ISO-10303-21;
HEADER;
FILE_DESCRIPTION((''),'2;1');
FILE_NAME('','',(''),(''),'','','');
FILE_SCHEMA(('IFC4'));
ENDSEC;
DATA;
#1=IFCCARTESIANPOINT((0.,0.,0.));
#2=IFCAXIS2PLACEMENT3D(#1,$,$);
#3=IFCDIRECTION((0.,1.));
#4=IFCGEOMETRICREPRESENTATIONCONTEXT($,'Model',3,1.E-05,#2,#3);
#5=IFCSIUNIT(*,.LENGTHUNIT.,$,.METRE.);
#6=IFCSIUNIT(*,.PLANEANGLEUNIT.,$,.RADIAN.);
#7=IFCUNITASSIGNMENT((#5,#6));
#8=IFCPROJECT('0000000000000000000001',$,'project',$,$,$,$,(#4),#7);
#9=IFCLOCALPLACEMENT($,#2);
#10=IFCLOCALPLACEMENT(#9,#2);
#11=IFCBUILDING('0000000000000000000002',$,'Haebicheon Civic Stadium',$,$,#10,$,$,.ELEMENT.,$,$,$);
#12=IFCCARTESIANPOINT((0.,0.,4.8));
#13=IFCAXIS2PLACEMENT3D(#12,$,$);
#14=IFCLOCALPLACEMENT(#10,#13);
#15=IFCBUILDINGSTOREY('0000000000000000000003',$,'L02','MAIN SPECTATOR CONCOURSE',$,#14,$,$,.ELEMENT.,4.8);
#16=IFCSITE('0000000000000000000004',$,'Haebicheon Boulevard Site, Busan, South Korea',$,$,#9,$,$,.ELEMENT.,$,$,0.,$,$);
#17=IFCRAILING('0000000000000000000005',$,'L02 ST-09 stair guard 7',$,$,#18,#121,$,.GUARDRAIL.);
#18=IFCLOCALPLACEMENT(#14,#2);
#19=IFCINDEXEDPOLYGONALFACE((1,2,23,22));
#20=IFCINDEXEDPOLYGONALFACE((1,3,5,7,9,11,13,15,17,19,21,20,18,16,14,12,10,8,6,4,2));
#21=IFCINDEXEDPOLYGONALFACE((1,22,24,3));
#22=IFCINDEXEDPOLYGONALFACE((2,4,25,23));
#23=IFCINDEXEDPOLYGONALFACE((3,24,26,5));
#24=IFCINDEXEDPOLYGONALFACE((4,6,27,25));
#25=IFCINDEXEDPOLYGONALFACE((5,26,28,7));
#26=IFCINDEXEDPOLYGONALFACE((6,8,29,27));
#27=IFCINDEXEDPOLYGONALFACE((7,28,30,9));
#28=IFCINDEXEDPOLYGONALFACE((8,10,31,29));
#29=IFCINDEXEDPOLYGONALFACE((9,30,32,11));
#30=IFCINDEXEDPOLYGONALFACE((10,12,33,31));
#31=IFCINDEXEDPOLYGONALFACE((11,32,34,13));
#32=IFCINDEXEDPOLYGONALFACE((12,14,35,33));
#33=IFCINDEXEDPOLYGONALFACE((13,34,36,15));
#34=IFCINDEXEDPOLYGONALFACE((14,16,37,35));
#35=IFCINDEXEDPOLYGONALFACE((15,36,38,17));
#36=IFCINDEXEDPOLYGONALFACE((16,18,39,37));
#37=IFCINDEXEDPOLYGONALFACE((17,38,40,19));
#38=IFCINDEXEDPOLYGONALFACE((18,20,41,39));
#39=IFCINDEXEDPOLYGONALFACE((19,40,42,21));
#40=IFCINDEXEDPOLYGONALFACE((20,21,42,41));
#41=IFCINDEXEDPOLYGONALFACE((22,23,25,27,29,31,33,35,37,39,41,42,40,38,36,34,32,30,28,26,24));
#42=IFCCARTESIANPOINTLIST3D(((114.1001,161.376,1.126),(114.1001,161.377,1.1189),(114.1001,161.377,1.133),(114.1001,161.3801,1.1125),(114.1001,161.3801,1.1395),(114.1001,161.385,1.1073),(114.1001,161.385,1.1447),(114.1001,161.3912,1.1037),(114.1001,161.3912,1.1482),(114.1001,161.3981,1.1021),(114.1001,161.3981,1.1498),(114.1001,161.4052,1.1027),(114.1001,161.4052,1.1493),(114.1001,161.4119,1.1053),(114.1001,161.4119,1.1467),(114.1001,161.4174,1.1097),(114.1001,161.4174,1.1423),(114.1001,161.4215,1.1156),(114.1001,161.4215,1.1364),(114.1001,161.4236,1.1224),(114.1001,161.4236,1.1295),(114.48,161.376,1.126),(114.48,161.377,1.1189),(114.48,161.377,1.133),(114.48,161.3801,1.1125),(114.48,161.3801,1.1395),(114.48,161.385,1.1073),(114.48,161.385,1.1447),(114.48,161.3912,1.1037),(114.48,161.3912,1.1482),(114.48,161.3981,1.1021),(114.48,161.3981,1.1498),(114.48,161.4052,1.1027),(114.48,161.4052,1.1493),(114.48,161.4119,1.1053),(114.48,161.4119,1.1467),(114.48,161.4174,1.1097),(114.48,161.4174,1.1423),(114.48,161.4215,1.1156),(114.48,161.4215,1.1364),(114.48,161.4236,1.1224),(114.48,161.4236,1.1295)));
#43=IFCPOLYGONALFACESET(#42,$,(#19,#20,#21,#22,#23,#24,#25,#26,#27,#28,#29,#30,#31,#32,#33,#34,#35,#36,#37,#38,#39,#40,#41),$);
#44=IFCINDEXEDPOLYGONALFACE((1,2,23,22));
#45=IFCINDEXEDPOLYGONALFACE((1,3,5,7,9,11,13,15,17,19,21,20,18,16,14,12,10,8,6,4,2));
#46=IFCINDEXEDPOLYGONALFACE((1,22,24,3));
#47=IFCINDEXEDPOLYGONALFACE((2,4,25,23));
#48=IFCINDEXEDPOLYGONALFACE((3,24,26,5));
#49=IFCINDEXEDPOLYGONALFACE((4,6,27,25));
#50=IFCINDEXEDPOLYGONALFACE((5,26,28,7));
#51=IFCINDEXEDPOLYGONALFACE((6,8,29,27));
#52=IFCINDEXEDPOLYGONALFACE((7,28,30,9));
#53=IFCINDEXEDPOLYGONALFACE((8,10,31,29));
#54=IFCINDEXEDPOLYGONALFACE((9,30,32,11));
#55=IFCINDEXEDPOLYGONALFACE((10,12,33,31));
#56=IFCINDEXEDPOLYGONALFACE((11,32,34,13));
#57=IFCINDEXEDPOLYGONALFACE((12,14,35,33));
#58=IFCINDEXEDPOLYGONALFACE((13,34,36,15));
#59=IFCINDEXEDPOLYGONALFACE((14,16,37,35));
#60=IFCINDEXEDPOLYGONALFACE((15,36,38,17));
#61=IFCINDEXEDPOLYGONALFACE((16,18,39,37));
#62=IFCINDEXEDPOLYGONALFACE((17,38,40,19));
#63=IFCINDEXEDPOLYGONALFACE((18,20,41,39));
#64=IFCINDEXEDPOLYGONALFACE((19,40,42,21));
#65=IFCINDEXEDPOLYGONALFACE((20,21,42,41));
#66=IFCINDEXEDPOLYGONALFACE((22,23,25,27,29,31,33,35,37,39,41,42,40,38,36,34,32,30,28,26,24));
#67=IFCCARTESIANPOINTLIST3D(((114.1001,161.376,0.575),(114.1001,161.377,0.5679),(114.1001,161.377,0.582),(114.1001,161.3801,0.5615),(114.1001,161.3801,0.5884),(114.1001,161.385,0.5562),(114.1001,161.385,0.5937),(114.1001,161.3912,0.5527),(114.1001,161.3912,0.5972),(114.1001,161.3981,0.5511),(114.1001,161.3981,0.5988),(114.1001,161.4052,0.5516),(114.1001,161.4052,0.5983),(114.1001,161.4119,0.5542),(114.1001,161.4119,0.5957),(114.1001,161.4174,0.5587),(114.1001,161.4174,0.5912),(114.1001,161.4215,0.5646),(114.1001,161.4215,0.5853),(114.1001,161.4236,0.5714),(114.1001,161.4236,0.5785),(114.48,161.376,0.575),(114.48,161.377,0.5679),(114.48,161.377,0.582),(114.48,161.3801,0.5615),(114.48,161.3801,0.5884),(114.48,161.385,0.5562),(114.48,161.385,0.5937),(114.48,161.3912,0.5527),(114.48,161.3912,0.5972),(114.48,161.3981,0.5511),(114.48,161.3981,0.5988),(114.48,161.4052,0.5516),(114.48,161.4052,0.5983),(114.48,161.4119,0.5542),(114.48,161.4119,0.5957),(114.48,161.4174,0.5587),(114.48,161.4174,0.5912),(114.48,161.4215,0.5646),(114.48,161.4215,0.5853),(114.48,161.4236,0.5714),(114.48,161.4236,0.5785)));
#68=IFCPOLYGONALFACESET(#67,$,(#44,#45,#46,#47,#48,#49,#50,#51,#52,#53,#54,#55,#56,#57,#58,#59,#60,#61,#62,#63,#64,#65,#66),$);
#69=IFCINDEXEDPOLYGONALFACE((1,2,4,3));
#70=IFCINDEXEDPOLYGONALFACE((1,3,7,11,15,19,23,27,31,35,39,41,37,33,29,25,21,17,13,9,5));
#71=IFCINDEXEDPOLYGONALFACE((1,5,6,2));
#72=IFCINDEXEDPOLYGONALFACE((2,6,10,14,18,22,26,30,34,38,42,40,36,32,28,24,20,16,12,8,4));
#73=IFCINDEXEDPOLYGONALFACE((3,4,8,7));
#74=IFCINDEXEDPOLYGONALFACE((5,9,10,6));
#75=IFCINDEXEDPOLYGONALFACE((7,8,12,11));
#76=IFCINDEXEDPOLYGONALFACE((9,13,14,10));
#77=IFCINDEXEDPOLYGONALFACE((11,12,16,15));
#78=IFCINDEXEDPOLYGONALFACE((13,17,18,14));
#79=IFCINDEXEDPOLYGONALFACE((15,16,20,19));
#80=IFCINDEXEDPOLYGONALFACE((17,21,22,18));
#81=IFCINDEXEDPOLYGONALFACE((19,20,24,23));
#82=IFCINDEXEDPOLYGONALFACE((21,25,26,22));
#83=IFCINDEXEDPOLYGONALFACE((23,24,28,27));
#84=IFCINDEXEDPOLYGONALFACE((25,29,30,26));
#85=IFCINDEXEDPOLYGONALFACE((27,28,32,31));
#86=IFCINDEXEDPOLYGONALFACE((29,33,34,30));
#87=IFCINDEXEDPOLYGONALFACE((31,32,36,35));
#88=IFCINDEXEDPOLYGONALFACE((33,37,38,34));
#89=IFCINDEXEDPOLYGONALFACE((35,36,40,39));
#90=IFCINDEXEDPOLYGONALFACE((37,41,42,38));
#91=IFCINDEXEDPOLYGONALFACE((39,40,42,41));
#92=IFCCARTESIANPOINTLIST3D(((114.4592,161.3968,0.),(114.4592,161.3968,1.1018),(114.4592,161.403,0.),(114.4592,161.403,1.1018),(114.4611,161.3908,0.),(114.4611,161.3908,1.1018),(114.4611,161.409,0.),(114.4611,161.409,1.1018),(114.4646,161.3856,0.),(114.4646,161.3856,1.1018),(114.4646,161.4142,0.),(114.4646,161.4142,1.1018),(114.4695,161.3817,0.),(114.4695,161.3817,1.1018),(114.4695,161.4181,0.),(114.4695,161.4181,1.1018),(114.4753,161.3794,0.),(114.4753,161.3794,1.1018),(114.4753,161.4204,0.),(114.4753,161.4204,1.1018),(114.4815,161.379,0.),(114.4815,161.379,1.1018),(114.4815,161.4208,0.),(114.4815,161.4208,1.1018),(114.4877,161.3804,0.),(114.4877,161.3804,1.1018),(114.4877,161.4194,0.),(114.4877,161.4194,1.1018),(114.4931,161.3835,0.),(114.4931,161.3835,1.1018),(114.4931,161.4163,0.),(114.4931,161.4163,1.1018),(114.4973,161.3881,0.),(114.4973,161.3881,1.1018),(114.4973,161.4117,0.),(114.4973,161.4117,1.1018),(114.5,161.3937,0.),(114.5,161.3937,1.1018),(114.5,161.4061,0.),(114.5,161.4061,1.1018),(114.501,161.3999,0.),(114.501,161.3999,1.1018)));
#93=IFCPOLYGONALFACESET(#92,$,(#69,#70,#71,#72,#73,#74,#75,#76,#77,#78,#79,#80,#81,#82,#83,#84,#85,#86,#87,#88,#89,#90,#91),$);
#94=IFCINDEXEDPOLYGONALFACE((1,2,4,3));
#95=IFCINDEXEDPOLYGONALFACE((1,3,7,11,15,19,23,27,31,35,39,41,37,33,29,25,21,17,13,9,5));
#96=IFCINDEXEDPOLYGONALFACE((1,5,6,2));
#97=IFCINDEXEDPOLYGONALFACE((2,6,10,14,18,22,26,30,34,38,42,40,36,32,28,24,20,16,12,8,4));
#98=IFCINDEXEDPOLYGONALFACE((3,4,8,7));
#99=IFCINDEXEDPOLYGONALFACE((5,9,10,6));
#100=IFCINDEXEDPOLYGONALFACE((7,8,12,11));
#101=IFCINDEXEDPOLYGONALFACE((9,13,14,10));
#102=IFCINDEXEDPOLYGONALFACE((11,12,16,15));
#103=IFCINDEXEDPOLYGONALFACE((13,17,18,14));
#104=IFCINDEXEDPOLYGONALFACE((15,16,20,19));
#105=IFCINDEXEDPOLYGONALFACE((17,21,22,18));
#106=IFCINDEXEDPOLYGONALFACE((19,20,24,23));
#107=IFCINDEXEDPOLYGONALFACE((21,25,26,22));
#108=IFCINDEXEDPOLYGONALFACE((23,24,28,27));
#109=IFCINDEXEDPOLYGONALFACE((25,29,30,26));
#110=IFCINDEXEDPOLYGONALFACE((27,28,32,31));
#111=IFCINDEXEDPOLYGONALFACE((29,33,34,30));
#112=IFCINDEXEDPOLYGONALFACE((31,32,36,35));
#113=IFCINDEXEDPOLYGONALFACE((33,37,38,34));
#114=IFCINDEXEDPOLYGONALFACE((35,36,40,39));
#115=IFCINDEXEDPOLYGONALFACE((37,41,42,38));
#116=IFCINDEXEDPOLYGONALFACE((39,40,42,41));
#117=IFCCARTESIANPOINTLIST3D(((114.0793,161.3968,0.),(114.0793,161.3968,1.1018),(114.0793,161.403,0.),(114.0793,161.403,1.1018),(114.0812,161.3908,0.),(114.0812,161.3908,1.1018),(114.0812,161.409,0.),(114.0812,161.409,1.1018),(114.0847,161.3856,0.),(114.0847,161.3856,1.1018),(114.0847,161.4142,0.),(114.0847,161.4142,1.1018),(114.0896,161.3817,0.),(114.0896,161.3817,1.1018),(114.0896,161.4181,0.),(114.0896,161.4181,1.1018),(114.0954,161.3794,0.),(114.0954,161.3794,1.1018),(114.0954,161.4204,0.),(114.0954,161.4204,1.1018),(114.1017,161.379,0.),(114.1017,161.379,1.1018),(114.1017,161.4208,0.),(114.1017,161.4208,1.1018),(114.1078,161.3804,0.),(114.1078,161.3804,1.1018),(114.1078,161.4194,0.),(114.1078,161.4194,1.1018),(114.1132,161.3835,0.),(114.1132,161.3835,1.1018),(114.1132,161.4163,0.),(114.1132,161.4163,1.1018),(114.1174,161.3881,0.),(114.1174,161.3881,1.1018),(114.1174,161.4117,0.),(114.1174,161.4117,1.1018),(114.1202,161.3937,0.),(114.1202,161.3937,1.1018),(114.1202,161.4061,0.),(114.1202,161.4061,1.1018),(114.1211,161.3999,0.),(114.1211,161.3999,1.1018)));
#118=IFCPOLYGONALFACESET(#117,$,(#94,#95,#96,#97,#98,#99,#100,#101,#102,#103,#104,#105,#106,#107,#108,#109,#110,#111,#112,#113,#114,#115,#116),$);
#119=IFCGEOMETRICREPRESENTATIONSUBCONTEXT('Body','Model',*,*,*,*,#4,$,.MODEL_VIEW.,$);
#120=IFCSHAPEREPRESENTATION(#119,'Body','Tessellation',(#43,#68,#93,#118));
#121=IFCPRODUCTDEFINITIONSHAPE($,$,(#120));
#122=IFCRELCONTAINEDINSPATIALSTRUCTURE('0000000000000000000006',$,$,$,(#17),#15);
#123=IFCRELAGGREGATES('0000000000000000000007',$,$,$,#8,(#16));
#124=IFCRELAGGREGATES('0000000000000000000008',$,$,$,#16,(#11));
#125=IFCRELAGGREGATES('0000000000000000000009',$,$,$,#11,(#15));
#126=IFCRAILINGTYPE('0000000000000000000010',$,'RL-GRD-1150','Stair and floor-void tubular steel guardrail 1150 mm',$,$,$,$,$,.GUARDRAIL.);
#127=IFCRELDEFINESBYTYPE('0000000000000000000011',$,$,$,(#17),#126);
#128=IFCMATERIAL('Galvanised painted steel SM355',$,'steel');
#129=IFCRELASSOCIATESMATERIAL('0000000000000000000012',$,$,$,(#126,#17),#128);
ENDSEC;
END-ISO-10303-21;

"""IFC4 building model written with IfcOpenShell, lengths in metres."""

from ifc_helpers import new_model, si_unit, direction, frame, origin, origin_2d, place, context, subcontext, project, spatial, circle, extrude, material, type_object, element, save


model = new_model("IFC4")

# Units and contexts
model_context = context("Model", 3, precision=1e-05, world=origin(), true_north=direction((0.0, 1.0)))
body_context = subcontext(model_context, "Body", "Model", "MODEL_VIEW")
ifc_project = project(units=[si_unit("LENGTHUNIT", "METRE"), si_unit("PLANEANGLEUNIT", "RADIAN")], contexts=[model_context])

# Site, building, storey
site_placement = place(None, origin())
site = spatial("IfcSite", under=ifc_project, at=site_placement, Name="Haebicheon Boulevard Site, Busan, South Korea", CompositionType="ELEMENT", RefElevation=0.0)
building_placement = place(site_placement, origin())
building = spatial("IfcBuilding", under=site, at=building_placement, Name="Haebicheon Civic Stadium", CompositionType="ELEMENT")
storey_placement = place(building_placement, frame((0.0, 0.0, 4.8)))
storey = spatial("IfcBuildingStorey", under=building, at=storey_placement, Name="L02", Description="MAIN SPECTATOR CONCOURSE", CompositionType="ELEMENT", Elevation=4.8)

# Railing
ifc_material_1 = material(Name="Galvanised painted steel SM355", Category="steel")
railing_type_1 = type_object("IfcRailingType", Name="RL-GRD-1150", Description="Stair and floor-void tubular steel guardrail 1150 mm", PredefinedType="GUARDRAIL", material=ifc_material_1)
railing_1_placement = place(storey_placement, frame((114.48, 161.3999, 0.0)))
element("IfcRailing", 1, at=railing_1_placement, inside=storey, type_object=railing_type_1, material=ifc_material_1, Name="L02 ST-09 stair guard 7", PredefinedType="GUARDRAIL", context=body_context, shape_type="SweptSolid", body=[
    extrude(circle(Radius=0.0239, at=origin_2d()), frame((0.0, 0.0, 1.126), z_axis=(-1.0, 0.0, 0.0), x_axis=(0.0, -1.0, 0.0)), (0.0, 0.0, 1.0), 0.3799),
    extrude(circle(Radius=0.0239, at=origin_2d()), frame((0.0, 0.0, 0.575), z_axis=(-1.0, 0.0, 0.0), x_axis=(0.0, -1.0, 0.0)), (0.0, 0.0, 1.0), 0.3799),
    extrude(circle(Radius=0.021, at=origin_2d()), origin(), (0.0, 0.0, 1.0), 1.1018),
    extrude(circle(Radius=0.021, at=origin_2d()), frame((-0.3799, 0.0, 0.0)), (0.0, 0.0, 1.0), 1.1018),
])

save(model, "model.ifc")
